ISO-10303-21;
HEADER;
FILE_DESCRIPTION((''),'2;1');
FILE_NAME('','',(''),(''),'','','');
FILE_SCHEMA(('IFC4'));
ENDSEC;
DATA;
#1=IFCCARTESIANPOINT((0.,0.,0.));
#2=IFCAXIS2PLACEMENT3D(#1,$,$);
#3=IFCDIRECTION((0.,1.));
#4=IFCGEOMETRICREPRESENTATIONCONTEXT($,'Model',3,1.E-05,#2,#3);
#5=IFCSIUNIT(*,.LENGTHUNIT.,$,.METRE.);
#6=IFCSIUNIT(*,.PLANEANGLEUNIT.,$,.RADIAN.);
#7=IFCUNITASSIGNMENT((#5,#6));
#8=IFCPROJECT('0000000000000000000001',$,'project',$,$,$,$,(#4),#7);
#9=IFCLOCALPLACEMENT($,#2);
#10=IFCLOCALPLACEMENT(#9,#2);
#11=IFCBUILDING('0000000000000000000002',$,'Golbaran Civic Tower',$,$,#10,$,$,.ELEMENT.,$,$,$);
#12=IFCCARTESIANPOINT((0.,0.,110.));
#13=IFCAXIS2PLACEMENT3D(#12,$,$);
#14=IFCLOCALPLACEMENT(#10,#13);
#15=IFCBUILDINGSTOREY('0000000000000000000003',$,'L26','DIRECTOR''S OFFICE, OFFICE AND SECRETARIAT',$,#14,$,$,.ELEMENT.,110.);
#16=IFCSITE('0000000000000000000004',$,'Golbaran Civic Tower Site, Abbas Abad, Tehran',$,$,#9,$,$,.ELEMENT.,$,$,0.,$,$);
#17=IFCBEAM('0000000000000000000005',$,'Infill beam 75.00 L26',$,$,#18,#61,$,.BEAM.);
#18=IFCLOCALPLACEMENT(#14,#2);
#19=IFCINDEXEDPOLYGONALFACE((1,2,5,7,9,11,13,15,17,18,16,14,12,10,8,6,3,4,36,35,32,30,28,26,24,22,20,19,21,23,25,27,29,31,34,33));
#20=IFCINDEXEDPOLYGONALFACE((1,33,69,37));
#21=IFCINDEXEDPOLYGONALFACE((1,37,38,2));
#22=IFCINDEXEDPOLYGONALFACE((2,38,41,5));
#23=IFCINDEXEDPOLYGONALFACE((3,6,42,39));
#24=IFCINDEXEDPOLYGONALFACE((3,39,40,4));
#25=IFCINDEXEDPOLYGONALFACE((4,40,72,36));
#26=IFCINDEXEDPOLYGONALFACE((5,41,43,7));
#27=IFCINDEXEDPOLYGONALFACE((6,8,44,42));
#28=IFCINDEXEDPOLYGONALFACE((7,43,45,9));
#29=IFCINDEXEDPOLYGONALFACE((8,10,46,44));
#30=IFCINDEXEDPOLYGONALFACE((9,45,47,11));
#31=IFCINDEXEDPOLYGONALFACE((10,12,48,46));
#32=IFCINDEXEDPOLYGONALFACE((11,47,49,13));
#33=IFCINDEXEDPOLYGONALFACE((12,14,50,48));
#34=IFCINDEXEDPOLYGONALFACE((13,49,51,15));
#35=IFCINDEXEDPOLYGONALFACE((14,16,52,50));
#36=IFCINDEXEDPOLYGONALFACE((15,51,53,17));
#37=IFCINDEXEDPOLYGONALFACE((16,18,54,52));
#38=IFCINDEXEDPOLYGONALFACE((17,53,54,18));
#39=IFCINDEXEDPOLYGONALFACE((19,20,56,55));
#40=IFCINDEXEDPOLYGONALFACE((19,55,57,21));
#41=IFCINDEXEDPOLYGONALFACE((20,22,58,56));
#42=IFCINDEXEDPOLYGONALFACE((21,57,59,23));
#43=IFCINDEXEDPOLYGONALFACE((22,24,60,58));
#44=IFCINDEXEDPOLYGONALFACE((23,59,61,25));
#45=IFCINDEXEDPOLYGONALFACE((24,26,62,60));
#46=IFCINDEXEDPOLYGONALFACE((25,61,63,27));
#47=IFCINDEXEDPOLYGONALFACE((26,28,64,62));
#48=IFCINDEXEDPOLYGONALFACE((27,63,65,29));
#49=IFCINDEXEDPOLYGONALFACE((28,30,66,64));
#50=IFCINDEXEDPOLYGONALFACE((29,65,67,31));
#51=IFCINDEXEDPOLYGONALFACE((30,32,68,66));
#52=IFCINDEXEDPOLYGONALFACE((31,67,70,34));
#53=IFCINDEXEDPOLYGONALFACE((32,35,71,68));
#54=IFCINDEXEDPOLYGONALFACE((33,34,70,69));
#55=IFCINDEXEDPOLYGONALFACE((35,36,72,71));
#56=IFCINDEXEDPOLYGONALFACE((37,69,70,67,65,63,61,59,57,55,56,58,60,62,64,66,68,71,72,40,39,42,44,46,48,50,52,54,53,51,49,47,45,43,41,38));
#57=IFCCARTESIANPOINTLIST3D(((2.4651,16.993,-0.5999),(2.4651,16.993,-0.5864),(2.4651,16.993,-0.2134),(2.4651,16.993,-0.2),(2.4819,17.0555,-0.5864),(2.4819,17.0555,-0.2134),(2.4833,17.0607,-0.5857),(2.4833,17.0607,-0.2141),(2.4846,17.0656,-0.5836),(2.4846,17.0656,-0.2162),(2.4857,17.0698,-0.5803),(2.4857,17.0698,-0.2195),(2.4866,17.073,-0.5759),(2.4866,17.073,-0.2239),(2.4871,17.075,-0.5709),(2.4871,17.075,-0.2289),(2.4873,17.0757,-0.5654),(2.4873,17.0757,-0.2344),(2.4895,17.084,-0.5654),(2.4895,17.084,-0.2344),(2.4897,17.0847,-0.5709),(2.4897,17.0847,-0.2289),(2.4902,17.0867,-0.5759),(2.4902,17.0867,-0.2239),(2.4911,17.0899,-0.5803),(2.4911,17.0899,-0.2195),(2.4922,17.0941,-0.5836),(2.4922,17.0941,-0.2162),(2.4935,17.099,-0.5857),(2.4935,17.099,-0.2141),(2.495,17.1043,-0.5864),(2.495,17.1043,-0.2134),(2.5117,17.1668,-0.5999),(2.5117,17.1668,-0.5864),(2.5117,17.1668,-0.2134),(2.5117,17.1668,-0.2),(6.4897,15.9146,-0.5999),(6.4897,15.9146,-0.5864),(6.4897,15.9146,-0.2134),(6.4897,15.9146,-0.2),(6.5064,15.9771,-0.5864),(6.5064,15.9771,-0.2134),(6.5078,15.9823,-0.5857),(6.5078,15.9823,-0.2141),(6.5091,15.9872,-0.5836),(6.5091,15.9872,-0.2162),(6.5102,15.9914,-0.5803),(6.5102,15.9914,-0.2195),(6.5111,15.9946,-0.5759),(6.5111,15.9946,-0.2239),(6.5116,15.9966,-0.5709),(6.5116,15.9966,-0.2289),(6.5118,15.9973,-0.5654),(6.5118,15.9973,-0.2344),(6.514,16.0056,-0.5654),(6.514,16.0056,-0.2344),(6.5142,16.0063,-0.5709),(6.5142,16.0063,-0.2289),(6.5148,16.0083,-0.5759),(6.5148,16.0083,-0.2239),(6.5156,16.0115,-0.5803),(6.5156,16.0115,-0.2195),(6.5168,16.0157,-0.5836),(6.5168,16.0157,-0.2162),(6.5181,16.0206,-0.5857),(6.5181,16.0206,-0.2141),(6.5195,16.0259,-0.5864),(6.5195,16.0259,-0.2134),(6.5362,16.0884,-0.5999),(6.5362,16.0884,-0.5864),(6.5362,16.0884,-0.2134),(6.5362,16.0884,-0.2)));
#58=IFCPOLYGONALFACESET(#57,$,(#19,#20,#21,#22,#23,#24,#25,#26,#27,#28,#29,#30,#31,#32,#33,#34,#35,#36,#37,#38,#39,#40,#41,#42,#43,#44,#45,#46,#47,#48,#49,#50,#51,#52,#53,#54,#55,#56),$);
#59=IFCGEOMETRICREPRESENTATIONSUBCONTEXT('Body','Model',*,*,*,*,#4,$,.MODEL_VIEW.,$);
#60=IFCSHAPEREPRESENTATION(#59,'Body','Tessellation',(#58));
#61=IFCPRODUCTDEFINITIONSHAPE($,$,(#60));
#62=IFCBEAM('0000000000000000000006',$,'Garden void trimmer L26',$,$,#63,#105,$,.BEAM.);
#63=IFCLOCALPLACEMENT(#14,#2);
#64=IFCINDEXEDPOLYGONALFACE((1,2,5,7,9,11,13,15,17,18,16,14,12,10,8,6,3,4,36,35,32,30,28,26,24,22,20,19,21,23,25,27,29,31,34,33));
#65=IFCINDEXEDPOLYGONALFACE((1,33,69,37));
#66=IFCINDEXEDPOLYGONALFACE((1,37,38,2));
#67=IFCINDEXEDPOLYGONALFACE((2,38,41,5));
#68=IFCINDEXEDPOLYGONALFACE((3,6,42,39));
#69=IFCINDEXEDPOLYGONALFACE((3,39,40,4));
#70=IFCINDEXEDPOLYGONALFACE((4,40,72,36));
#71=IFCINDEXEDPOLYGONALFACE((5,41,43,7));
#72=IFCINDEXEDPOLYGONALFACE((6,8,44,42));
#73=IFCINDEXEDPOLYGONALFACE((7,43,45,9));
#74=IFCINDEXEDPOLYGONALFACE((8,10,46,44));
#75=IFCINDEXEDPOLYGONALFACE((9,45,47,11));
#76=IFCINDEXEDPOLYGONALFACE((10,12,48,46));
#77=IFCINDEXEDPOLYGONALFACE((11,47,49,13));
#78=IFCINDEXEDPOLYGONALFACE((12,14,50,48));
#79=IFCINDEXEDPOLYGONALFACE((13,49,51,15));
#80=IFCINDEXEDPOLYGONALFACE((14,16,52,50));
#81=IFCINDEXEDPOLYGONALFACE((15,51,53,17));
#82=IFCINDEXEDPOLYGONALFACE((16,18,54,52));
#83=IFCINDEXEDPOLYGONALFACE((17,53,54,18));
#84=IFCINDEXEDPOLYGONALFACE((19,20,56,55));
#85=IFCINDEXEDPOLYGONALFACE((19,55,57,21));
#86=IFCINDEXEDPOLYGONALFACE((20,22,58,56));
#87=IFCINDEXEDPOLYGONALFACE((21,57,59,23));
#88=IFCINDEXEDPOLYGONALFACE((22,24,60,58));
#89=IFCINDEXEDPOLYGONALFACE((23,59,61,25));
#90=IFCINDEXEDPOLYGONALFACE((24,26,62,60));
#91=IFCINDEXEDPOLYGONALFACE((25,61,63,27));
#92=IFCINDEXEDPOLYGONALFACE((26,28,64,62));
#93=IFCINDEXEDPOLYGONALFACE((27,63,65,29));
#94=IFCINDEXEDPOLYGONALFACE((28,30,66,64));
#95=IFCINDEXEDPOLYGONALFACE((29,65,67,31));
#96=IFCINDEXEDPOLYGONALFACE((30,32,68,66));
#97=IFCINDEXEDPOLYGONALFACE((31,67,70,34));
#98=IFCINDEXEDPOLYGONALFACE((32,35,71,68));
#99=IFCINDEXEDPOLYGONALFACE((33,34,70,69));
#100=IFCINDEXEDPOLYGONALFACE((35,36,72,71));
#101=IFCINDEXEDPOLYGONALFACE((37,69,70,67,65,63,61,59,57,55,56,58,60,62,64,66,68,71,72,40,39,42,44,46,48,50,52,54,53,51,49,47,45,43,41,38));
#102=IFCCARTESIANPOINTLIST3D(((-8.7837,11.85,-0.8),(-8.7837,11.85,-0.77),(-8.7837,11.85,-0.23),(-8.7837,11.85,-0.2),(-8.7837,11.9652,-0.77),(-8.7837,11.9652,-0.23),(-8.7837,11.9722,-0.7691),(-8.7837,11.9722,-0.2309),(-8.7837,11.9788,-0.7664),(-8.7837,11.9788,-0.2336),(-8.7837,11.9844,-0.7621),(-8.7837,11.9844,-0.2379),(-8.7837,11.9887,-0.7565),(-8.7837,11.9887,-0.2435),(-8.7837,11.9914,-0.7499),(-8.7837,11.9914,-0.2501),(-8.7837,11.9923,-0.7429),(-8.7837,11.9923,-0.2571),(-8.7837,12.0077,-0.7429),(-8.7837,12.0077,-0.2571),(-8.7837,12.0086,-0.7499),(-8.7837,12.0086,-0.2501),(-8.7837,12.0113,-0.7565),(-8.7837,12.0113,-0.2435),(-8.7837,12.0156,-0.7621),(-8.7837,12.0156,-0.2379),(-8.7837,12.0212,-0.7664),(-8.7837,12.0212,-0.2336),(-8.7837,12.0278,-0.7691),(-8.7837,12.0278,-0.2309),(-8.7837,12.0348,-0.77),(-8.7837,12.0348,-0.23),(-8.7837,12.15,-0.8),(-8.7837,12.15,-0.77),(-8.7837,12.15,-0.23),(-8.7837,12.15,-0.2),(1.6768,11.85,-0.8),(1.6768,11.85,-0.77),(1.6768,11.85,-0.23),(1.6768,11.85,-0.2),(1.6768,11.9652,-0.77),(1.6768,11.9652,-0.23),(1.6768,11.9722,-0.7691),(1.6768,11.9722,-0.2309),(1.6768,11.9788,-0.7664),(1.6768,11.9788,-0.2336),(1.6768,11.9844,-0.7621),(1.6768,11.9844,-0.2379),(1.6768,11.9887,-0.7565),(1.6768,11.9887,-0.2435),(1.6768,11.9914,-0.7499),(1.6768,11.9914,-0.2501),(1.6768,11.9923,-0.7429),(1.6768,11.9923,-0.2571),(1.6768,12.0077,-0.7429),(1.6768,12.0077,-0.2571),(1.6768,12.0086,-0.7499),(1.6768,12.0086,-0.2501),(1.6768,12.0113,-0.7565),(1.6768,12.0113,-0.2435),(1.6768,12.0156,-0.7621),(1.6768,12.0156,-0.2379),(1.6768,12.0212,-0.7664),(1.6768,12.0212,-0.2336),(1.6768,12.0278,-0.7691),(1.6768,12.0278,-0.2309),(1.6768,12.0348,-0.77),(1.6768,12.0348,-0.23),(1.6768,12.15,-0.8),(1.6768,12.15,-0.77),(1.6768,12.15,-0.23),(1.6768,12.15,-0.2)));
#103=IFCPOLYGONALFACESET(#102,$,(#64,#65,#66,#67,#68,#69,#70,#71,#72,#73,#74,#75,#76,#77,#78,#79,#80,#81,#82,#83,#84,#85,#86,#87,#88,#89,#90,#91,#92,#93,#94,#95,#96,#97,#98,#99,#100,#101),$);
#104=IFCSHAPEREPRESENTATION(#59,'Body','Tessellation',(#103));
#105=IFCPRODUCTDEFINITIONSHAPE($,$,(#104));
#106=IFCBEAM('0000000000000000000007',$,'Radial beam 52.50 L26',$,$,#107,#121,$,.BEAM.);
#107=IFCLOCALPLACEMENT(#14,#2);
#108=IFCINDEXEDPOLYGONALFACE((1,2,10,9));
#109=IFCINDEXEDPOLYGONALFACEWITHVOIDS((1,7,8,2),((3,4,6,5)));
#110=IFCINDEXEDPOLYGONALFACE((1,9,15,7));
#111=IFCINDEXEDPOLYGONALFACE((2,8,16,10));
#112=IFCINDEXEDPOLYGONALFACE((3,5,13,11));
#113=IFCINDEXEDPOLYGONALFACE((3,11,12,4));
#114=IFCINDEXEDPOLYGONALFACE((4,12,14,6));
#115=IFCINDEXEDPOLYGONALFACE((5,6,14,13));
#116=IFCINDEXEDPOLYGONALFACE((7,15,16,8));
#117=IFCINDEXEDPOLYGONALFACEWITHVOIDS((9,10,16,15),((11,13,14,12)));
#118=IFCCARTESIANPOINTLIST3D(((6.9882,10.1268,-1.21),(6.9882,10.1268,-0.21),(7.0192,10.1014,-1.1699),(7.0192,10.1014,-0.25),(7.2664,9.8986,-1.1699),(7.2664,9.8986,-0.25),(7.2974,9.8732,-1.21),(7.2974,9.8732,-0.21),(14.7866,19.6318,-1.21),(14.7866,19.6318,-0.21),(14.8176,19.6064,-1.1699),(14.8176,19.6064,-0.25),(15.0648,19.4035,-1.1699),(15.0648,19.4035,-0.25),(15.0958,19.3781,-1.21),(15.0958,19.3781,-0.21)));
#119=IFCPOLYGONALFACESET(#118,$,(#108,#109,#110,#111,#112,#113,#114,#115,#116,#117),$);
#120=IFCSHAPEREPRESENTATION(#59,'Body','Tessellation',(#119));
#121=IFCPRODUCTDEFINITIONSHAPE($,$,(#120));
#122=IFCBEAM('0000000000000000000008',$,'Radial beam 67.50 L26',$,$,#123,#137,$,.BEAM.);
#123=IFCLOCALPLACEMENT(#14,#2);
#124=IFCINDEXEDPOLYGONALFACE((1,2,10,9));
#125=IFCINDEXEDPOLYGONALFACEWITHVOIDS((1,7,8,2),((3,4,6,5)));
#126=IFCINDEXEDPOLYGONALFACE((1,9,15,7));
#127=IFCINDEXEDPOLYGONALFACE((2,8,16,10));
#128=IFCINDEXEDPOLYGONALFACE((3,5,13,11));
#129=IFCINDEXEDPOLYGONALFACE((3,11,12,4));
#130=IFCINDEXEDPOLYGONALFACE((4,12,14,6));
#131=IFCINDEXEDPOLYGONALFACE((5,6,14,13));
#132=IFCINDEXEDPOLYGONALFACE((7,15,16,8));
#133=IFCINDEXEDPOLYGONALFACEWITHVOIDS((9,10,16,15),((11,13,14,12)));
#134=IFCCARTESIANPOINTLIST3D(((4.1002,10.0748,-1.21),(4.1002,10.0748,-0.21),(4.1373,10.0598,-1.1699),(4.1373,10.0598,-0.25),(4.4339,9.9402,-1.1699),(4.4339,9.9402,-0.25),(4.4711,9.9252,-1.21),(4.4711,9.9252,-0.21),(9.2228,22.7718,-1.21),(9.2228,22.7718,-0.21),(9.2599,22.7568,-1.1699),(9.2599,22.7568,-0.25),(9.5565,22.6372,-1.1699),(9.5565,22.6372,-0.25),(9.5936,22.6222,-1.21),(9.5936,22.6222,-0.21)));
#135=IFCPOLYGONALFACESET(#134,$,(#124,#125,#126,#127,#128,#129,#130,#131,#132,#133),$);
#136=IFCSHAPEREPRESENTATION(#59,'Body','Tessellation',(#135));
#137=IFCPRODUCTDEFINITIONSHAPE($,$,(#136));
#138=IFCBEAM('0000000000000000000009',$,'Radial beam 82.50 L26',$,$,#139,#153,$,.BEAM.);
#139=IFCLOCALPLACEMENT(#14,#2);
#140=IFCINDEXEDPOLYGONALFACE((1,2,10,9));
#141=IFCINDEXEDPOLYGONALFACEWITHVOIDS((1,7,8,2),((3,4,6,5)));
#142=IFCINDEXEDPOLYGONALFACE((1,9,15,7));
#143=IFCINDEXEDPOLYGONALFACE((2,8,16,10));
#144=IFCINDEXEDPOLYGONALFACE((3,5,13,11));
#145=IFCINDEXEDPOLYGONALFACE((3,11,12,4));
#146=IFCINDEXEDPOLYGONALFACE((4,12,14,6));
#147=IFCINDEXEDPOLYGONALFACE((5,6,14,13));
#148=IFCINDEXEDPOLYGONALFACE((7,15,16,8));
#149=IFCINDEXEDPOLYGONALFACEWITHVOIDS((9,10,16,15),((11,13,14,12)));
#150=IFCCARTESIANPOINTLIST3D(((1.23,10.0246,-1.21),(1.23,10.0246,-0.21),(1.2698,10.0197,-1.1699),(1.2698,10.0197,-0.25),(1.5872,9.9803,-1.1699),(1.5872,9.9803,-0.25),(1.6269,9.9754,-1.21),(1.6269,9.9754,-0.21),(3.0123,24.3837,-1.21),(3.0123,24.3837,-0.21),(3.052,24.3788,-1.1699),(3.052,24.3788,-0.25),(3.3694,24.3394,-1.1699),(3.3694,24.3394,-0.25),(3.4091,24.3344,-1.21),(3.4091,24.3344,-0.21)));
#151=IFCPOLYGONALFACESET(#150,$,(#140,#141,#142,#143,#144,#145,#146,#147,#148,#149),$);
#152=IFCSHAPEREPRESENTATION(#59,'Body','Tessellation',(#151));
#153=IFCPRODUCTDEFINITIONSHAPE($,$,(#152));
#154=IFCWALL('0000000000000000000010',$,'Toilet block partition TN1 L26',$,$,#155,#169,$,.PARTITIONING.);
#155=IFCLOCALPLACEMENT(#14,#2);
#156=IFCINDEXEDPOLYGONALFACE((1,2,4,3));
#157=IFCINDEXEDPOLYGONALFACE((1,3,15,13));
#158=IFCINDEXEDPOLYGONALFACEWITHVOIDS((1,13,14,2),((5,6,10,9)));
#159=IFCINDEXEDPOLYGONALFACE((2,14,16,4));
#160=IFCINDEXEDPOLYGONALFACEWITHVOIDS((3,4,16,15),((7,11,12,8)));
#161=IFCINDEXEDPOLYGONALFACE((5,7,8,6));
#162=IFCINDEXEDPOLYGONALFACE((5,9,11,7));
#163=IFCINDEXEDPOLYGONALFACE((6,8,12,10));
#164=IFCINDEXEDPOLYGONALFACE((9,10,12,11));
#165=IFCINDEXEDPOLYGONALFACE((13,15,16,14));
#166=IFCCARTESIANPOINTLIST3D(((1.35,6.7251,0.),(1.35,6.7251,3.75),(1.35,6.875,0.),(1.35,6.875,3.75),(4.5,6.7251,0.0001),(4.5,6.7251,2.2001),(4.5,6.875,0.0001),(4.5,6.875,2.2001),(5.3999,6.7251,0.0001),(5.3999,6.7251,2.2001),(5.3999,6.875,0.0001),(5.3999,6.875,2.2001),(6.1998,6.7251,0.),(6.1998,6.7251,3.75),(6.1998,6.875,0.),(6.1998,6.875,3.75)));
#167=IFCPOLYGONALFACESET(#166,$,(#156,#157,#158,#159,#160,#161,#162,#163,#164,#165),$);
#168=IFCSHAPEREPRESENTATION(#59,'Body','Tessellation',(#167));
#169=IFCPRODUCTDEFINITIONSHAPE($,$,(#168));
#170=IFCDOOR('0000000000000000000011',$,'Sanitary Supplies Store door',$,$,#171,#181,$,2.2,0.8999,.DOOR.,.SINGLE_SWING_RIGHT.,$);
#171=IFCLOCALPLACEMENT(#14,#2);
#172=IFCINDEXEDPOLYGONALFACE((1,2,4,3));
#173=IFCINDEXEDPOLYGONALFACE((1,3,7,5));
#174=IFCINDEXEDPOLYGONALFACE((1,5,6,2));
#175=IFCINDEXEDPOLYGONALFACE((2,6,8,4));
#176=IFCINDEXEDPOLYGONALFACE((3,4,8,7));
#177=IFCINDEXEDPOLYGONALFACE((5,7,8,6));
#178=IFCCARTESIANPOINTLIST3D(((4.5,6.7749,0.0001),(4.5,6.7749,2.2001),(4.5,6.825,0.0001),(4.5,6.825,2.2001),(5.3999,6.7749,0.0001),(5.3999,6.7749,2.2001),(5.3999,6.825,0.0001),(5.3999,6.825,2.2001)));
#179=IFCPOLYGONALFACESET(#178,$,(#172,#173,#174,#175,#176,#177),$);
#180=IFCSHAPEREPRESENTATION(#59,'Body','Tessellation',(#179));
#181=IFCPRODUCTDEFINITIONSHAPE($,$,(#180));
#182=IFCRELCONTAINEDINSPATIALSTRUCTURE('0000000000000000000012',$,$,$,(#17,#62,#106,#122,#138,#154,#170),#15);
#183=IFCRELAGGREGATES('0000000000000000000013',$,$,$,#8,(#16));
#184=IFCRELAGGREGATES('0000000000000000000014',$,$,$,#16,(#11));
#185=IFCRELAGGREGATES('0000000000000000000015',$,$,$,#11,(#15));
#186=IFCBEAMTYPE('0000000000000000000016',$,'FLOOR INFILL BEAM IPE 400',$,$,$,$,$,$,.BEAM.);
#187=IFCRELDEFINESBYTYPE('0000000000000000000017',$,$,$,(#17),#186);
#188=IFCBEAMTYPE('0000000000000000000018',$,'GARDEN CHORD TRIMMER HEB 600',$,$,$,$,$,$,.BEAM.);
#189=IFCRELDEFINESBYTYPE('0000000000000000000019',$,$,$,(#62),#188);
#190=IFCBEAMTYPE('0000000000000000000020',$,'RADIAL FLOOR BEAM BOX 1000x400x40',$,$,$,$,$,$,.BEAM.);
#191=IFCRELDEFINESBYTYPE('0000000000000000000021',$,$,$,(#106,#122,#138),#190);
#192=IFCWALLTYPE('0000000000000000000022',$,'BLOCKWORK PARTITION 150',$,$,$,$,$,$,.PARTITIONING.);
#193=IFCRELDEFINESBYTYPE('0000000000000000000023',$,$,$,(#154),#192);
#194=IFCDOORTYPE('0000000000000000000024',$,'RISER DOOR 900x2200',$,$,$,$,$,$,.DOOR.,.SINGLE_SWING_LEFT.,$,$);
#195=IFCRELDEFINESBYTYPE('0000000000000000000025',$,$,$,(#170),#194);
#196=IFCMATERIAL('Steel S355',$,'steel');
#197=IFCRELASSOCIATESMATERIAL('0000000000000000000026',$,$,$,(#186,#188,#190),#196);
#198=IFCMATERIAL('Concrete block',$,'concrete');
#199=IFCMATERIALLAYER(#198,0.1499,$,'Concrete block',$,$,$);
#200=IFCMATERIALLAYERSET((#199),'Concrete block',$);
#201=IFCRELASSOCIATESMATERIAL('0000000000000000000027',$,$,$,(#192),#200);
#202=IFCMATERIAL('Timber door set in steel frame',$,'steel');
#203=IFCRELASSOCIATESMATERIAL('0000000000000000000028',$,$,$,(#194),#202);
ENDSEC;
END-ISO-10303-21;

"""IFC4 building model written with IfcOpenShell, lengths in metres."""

from ifc_helpers import new_model, si_unit, direction, frame, frame_2d, origin, origin_2d, place, context, subcontext, project, spatial, rectangle, hollow_rectangle, i_section, extrude, material, layer, layer_set, material_profile, profile_set, type_object, element, fill, save


model = new_model("IFC4")

# Units and contexts
model_context = context("Model", 3, precision=1e-05, world=origin(), true_north=direction((0.0, 1.0)))
body_context = subcontext(model_context, "Body", "Model", "MODEL_VIEW")
ifc_project = project(units=[si_unit("LENGTHUNIT", "METRE"), si_unit("PLANEANGLEUNIT", "RADIAN")], contexts=[model_context])

# Site, building, storey
site_placement = place(None, origin())
site = spatial("IfcSite", under=ifc_project, at=site_placement, Name="Golbaran Civic Tower Site, Abbas Abad, Tehran", CompositionType="ELEMENT", RefElevation=0.0)
building_placement = place(site_placement, origin())
building = spatial("IfcBuilding", under=site, at=building_placement, Name="Golbaran Civic Tower", CompositionType="ELEMENT")
storey_placement = place(building_placement, frame((0.0, 0.0, 110.0)))
storey = spatial("IfcBuildingStorey", under=building, at=storey_placement, Name="L26", Description="DIRECTOR'S OFFICE, OFFICE AND SECRETARIAT", CompositionType="ELEMENT", Elevation=110.0)

# Beams
ifc_material_1 = material(Name="Steel S355", Category="steel")
ifc_material_profile_1 = material_profile(ifc_material_1, i_section(OverallWidth=0.1799, OverallDepth=0.3999, WebThickness=0.0085, FlangeThickness=0.0134, FilletRadius=0.021, at=origin_2d()), Name="IPE 400")
ifc_profile_set_1 = profile_set([ifc_material_profile_1], Name="Steel S355")
beam_type_1 = type_object("IfcBeamType", Name="FLOOR INFILL BEAM IPE 400", PredefinedType="BEAM", material=ifc_profile_set_1)
beam_1_placement = place(storey_placement, frame((6.5129, 16.0015, -0.3999), z_axis=(-0.965924, 0.258826, 0.0), x_axis=(-0.258826, -0.965924, 0.0)))
element("IfcBeam", 1, at=beam_1_placement, inside=storey, type_object=beam_type_1, Name="Infill beam 75.00 L26", PredefinedType="BEAM", context=body_context, shape_type="SweptSolid", body=[
    extrude(i_section(OverallWidth=0.1799, OverallDepth=0.3999, WebThickness=0.0085, FlangeThickness=0.0134, FilletRadius=0.021, at=origin_2d()), origin(), (0.0, 0.0, 1.0), 4.1665),
])
ifc_material_profile_2 = material_profile(ifc_material_1, i_section(OverallWidth=0.3, OverallDepth=0.6001, WebThickness=0.0154, FlangeThickness=0.03, FilletRadius=0.0271, at=origin_2d()), Name="HEB 600")
ifc_profile_set_2 = profile_set([ifc_material_profile_2], Name="Steel S355")
beam_type_2 = type_object("IfcBeamType", Name="GARDEN CHORD TRIMMER HEB 600", PredefinedType="BEAM", material=ifc_profile_set_2)
beam_2_placement = place(storey_placement, frame((1.6768, 12.0, -0.5), z_axis=(-1.0, 0.0, 0.0), x_axis=(0.0, -1.0, 0.0)))
element("IfcBeam", 2, at=beam_2_placement, inside=storey, type_object=beam_type_2, Name="Garden void trimmer L26", PredefinedType="BEAM", context=body_context, shape_type="SweptSolid", body=[
    extrude(i_section(OverallWidth=0.3, OverallDepth=0.6001, WebThickness=0.0154, FlangeThickness=0.03, FilletRadius=0.0271, at=origin_2d()), origin(), (0.0, 0.0, 1.0), 10.4604),
])
ifc_material_profile_3 = material_profile(ifc_material_1, hollow_rectangle(XDim=0.3999, YDim=1.0, WallThickness=0.04, at=origin_2d()), Name="BOX 1000x400x40")
ifc_profile_set_3 = profile_set([ifc_material_profile_3], Name="Steel S355")
beam_type_3 = type_object("IfcBeamType", Name="RADIAL FLOOR BEAM BOX 1000x400x40", PredefinedType="BEAM", material=ifc_profile_set_3)
beam_3_placement = place(storey_placement, frame((7.1428, 10.0, -0.71), z_axis=(0.63429, 0.773095, 0.0), x_axis=(-0.773095, 0.63429, 0.0)))
element("IfcBeam", 3, at=beam_3_placement, inside=storey, type_object=beam_type_3, Name="Radial beam 52.50 L26", PredefinedType="BEAM", context=body_context, shape_type="SweptSolid", body=[
    extrude(hollow_rectangle(XDim=0.3999, YDim=1.0, WallThickness=0.04, at=origin_2d()), origin(), (0.0, 0.0, 1.0), 12.2947),
])
beam_4_placement = place(storey_placement, frame((4.2856, 10.0, -0.71), z_axis=(0.374144, 0.927371, 0.0), x_axis=(-0.927371, 0.374144, 0.0)))
element("IfcBeam", 4, at=beam_4_placement, inside=storey, type_object=beam_type_3, Name="Radial beam 67.50 L26", PredefinedType="BEAM", context=body_context, shape_type="SweptSolid", body=[
    extrude(hollow_rectangle(XDim=0.3999, YDim=1.0, WallThickness=0.04, at=origin_2d()), origin(), (0.0, 0.0, 1.0), 13.6914),
])
beam_5_placement = place(storey_placement, frame((1.4285, 10.0, -0.71), z_axis=(0.123173, 0.992385, 0.0), x_axis=(-0.992385, 0.123173, 0.0)))
element("IfcBeam", 5, at=beam_5_placement, inside=storey, type_object=beam_type_3, Name="Radial beam 82.50 L26", PredefinedType="BEAM", context=body_context, shape_type="SweptSolid", body=[
    extrude(hollow_rectangle(XDim=0.3999, YDim=1.0, WallThickness=0.04, at=origin_2d()), origin(), (0.0, 0.0, 1.0), 14.4692),
])

# Wall, opening, door
ifc_material_2 = material(Name="Concrete block", Category="concrete")
ifc_layer_1 = layer(ifc_material_2, 0.1499, Name="Concrete block")
ifc_layer_set_1 = layer_set([ifc_layer_1], Name="Concrete block")
wall_type_1 = type_object("IfcWallType", Name="BLOCKWORK PARTITION 150", PredefinedType="PARTITIONING", material=ifc_layer_set_1)
wall_1_placement = place(storey_placement, frame((1.3501, 6.8, 0.0), z_axis=(0.0, 0.0, 1.0), x_axis=(1.0, 0.0, 0.0)))
wall_1 = element("IfcWall", 6, at=wall_1_placement, inside=storey, type_object=wall_type_1, Name="Toilet block partition TN1 L26", PredefinedType="PARTITIONING", context=body_context, shape_type="SweptSolid", body=[
    extrude(rectangle(XDim=4.8499, YDim=0.1499, at=frame_2d((2.4248, 0.0))), origin(), (0.0, 0.0, 1.0), 3.75),
])
opening_1_placement = place(wall_1_placement, frame((3.1499, 0.0, 0.0)))
opening_1 = element("IfcOpeningElement", 7, at=opening_1_placement, cuts=wall_1, PredefinedType="OPENING", context=body_context, shape_type="SweptSolid", body=[
    extrude(rectangle(XDim=0.8999, YDim=2.2, at=frame_2d((0.45, 1.1001))), frame((0.0, 0.085, 0.0), z_axis=(0.0, -1.0, 0.0), x_axis=(1.0, 0.0, 0.0)), (0.0, 0.0, 1.0), 0.1699),
])
ifc_material_3 = material(Name="Timber door set in steel frame", Category="steel")
door_type_1 = type_object("IfcDoorType", Name="RISER DOOR 900x2200", OperationType="SINGLE_SWING_LEFT", PredefinedType="DOOR", material=ifc_material_3)
door_1_placement = place(opening_1_placement, origin())
door_1 = element("IfcDoor", 8, at=door_1_placement, inside=storey, type_object=door_type_1, Name="Sanitary Supplies Store door", OperationType="SINGLE_SWING_RIGHT", OverallHeight=2.2, OverallWidth=0.8999, PredefinedType="DOOR", context=body_context, shape_type="SweptSolid", body=[
    extrude(rectangle(XDim=0.8999, YDim=2.2, at=frame_2d((0.45, 1.1001))), frame((0.0, 0.0249, 0.0), z_axis=(0.0, -1.0, 0.0), x_axis=(1.0, 0.0, 0.0)), (0.0, 0.0, 1.0), 0.05),
])
fill(opening_1, door_1)

save(model, "model.ifc")
